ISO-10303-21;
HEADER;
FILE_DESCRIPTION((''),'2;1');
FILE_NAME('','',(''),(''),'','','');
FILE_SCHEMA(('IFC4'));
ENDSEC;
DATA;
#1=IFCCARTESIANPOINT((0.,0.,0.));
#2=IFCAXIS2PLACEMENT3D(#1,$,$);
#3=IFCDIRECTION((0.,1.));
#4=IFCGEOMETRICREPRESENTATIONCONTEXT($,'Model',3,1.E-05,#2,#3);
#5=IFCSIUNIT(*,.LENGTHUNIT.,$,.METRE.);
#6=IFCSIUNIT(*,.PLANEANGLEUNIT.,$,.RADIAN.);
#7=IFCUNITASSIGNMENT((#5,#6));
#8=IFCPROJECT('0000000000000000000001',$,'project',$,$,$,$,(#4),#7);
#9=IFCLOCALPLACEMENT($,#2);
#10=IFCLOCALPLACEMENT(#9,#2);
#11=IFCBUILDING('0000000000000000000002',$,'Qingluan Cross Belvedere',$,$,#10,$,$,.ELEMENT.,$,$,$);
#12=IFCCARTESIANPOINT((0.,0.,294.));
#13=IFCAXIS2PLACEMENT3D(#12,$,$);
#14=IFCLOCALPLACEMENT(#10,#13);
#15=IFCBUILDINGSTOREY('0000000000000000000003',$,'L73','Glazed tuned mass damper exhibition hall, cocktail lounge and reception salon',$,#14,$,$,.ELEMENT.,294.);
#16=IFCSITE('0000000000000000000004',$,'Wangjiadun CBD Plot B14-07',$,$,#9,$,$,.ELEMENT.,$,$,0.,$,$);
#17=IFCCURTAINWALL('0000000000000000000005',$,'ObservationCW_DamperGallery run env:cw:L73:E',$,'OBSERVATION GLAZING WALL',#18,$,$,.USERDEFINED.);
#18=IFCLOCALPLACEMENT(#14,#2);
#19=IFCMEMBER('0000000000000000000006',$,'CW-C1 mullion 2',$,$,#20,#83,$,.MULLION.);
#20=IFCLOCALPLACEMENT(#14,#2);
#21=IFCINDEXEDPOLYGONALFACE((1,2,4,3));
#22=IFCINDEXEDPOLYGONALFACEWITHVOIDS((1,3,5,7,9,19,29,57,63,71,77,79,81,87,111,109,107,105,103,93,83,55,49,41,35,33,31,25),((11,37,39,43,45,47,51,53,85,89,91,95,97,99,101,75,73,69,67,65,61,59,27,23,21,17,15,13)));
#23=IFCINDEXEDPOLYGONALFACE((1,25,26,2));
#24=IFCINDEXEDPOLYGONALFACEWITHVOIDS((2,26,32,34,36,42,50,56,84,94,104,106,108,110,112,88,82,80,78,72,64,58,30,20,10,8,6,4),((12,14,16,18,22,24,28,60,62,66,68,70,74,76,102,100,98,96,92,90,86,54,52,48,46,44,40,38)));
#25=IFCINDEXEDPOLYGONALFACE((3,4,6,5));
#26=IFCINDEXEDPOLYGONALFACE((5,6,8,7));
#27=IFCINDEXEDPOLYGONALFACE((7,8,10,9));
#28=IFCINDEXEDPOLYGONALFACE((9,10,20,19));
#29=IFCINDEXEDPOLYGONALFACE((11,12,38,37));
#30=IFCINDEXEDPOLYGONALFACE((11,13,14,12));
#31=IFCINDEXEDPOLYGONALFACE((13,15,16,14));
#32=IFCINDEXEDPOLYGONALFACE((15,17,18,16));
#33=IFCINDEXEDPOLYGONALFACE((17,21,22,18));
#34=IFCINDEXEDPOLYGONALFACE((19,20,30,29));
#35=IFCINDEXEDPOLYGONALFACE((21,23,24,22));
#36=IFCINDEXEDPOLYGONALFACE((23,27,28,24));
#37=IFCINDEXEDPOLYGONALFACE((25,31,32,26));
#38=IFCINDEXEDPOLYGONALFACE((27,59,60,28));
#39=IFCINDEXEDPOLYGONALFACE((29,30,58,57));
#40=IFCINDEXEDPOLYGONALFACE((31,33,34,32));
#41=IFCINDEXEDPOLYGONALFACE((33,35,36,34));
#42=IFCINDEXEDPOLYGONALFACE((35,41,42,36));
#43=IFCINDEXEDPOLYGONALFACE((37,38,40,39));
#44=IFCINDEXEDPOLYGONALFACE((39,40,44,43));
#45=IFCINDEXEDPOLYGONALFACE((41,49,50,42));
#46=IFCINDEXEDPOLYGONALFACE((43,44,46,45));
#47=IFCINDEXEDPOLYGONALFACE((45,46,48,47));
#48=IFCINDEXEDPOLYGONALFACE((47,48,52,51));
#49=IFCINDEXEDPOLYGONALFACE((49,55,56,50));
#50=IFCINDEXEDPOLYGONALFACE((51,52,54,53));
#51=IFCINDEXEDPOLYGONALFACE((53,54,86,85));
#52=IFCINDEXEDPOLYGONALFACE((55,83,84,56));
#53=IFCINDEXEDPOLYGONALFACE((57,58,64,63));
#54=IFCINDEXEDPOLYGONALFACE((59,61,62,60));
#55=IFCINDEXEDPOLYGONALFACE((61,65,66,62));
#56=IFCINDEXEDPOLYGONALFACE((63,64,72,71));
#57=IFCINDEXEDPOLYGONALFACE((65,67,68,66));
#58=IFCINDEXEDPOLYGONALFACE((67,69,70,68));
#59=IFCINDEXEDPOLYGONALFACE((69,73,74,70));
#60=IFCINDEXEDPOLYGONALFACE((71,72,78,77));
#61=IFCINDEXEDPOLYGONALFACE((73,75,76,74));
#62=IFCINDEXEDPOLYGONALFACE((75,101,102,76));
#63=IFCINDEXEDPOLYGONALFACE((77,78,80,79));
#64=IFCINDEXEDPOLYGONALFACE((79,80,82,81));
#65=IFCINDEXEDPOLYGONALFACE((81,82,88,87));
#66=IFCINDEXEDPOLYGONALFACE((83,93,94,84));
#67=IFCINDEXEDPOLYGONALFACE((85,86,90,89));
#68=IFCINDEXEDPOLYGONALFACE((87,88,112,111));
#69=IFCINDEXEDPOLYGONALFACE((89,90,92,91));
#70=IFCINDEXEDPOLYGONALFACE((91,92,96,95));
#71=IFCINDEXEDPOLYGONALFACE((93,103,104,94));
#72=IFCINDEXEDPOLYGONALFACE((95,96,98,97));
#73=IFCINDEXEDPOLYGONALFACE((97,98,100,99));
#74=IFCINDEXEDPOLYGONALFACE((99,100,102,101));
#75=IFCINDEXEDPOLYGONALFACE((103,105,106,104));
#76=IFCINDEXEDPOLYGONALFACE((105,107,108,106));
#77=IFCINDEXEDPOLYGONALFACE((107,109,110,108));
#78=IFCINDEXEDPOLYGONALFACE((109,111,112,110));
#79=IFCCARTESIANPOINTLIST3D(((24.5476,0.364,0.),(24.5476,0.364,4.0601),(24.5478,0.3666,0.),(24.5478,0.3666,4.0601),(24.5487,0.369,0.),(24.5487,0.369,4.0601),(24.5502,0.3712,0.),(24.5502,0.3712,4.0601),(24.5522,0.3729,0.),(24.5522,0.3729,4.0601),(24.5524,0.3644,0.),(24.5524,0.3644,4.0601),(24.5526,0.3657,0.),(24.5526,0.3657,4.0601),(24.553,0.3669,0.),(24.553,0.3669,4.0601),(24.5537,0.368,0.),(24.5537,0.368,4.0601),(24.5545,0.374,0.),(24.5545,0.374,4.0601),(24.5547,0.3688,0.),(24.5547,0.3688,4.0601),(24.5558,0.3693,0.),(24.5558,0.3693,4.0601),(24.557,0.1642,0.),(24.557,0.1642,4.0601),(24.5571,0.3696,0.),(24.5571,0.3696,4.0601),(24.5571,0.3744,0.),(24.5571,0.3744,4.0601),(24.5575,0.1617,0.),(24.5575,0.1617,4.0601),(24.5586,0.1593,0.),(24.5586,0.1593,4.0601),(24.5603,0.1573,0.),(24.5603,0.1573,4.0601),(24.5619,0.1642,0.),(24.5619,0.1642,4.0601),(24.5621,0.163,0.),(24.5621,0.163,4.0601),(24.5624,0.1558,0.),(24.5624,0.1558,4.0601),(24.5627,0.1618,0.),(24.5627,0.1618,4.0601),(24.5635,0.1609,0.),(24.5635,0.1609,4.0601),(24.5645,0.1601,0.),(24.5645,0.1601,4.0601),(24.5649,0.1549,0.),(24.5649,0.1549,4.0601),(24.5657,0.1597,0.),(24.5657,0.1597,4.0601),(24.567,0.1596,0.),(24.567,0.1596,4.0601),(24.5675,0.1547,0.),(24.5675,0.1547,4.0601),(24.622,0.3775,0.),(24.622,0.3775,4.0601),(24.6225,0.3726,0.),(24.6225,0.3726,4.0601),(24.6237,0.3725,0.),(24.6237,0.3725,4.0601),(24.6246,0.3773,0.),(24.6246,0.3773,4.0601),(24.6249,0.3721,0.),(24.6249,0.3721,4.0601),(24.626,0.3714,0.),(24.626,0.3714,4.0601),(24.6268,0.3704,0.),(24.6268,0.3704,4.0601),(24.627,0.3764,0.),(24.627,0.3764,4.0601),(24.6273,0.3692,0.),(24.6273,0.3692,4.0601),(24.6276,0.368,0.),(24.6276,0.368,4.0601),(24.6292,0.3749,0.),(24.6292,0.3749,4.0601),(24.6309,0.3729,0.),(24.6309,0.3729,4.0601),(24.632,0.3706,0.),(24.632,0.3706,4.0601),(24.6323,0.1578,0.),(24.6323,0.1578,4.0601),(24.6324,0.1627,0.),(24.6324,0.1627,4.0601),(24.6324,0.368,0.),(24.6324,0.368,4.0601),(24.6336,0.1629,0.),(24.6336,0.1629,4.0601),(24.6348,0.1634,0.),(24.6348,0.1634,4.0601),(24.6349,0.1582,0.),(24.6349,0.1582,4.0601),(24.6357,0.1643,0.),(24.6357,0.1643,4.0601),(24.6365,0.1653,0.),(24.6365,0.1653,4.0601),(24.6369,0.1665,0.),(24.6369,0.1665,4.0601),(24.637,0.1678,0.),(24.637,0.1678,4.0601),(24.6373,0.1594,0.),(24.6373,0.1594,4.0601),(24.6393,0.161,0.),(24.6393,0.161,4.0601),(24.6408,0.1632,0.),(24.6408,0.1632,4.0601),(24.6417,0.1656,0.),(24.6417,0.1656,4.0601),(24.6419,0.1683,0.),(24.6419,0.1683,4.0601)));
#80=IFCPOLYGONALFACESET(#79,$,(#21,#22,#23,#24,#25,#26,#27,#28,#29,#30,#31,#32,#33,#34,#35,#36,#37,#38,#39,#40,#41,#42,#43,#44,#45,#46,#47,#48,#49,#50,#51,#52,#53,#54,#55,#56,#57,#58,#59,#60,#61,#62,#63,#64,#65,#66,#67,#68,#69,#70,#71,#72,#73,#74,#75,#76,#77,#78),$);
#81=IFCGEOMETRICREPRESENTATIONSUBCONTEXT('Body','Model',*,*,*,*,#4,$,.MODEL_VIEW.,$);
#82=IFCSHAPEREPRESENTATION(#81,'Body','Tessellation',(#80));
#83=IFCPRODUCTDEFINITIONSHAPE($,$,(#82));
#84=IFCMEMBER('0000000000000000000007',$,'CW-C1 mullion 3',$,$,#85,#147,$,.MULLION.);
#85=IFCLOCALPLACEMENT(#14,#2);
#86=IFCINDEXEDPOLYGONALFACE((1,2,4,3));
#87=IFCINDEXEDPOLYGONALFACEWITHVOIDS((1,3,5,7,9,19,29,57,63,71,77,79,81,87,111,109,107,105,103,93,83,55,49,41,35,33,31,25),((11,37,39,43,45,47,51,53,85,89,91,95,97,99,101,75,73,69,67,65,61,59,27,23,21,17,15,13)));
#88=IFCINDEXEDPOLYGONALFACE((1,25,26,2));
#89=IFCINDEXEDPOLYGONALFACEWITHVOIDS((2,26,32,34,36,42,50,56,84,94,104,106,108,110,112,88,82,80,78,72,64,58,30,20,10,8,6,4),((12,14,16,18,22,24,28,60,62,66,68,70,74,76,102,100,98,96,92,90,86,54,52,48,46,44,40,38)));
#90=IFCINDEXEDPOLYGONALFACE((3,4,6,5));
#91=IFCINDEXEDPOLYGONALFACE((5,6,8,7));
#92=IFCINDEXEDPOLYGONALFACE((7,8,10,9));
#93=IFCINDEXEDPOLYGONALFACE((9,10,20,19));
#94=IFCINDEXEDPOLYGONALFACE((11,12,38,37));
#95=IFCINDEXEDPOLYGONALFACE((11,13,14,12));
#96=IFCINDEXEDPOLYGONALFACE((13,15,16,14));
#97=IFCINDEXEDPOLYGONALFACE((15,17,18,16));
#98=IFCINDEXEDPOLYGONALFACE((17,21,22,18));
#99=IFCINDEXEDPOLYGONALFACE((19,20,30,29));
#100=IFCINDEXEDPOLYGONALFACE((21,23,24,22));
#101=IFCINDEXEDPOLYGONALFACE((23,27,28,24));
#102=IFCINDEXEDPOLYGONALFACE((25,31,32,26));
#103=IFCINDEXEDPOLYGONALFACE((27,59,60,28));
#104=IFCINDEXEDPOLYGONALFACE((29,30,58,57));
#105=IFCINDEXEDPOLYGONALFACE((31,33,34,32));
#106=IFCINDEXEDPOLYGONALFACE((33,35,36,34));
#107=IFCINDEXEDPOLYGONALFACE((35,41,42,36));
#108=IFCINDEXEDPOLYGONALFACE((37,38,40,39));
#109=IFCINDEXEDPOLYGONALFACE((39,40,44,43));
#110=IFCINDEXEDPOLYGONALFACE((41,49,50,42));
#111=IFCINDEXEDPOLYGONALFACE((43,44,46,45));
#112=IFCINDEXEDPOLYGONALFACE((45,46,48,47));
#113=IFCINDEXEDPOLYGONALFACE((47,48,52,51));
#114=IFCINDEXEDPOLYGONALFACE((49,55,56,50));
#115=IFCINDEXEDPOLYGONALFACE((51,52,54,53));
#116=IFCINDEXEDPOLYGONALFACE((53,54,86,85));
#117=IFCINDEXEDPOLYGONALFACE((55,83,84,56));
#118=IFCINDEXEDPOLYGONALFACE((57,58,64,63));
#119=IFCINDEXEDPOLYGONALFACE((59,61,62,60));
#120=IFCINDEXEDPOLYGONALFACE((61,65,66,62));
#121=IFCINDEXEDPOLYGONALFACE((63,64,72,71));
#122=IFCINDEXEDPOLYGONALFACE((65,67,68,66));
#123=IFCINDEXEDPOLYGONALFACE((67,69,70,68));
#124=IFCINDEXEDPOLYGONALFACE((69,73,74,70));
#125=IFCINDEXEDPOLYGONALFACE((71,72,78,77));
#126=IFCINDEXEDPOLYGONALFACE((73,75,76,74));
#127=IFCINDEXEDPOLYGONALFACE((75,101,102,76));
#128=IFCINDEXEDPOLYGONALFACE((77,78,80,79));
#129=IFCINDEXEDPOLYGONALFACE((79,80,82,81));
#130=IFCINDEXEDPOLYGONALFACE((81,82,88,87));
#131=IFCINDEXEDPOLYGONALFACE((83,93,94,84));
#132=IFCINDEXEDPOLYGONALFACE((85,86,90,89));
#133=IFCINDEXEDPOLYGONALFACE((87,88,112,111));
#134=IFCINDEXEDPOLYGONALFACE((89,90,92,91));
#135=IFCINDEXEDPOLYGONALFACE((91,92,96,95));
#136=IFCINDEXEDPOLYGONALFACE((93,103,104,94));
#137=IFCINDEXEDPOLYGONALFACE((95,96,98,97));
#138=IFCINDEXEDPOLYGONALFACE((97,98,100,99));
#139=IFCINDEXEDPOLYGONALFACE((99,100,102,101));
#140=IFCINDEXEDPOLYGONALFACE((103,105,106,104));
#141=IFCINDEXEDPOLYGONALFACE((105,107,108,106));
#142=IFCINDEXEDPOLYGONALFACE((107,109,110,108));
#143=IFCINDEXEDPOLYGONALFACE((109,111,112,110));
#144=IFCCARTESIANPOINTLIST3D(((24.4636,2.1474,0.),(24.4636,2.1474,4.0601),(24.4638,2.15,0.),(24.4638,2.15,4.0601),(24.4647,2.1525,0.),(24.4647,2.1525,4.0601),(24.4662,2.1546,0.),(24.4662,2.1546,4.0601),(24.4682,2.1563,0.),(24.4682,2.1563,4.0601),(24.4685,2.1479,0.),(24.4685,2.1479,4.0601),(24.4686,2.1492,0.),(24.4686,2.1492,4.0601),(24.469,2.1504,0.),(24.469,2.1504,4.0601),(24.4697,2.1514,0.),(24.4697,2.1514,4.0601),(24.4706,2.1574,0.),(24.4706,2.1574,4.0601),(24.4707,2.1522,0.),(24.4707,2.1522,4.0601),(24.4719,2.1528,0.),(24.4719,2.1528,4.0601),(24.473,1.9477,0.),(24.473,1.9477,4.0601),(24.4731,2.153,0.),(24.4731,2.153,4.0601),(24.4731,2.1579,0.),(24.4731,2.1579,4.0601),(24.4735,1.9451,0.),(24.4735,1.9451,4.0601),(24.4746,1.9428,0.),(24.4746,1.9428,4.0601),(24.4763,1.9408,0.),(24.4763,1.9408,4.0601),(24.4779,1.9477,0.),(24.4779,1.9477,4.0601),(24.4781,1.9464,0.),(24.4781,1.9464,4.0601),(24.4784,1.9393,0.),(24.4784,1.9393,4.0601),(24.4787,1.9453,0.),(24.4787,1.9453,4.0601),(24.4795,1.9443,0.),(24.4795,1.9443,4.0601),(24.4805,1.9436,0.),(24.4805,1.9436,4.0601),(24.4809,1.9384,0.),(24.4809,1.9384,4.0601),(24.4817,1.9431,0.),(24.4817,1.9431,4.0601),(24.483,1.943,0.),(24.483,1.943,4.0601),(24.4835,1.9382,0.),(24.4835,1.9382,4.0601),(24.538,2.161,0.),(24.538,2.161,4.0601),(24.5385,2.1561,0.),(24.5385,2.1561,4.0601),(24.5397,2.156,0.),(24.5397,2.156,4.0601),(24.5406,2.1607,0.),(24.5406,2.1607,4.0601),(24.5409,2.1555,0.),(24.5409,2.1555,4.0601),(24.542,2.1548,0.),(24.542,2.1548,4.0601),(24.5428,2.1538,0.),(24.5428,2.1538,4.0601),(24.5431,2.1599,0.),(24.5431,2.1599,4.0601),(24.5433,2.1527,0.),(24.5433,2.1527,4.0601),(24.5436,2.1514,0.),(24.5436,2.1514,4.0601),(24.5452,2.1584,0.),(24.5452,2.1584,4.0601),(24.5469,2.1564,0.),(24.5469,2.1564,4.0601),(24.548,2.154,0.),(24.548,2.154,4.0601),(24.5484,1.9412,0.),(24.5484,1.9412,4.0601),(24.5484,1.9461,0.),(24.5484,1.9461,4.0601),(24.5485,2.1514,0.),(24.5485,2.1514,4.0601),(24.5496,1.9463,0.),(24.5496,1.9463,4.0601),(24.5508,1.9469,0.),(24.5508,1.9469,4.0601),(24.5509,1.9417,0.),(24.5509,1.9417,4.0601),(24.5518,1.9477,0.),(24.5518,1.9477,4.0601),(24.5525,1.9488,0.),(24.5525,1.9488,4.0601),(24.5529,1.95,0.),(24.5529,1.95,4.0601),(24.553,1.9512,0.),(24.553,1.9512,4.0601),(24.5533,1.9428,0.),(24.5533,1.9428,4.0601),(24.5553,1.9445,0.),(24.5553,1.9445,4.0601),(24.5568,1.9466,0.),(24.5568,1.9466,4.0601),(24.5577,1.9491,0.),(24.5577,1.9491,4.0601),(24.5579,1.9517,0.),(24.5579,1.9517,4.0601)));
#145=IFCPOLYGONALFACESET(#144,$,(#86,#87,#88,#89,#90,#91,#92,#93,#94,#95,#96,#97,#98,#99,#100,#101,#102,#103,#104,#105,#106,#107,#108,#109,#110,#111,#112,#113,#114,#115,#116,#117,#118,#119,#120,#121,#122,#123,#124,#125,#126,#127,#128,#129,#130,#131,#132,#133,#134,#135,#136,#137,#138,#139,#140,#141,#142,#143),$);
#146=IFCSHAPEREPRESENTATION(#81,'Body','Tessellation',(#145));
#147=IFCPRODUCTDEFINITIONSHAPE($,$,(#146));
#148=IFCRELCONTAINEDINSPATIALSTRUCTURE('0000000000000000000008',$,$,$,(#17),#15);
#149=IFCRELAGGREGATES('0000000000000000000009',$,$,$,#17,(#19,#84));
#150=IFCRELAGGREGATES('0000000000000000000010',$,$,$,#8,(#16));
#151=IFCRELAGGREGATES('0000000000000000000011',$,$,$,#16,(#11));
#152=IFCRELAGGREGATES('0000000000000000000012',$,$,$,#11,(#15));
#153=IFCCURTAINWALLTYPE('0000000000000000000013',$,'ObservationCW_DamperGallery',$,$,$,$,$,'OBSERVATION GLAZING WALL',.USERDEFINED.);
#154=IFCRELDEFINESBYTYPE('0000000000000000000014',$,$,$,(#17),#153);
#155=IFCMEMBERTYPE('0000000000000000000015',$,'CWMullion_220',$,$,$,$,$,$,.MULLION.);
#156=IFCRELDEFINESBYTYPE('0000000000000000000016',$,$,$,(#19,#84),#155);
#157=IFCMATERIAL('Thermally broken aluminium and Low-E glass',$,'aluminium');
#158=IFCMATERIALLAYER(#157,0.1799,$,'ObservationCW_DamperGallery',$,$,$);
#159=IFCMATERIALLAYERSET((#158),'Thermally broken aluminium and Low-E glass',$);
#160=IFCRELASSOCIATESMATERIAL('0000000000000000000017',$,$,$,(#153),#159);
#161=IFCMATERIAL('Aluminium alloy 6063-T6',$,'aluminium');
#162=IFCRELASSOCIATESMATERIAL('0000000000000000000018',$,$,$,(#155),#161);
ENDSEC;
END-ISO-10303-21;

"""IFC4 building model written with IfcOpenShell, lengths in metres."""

from ifc_helpers import new_model, si_unit, direction, frame, origin, origin_2d, place, context, subcontext, project, spatial, hollow_rectangle, extrude, material, layer, layer_set, material_profile, profile_set, type_object, element, aggregate, save


model = new_model("IFC4")

# Units and contexts
model_context = context("Model", 3, precision=1e-05, world=origin(), true_north=direction((0.0, 1.0)))
body_context = subcontext(model_context, "Body", "Model", "MODEL_VIEW")
ifc_project = project(units=[si_unit("LENGTHUNIT", "METRE"), si_unit("PLANEANGLEUNIT", "RADIAN")], contexts=[model_context])

# Site, building, storey
site_placement = place(None, origin())
site = spatial("IfcSite", under=ifc_project, at=site_placement, Name="Wangjiadun CBD Plot B14-07", CompositionType="ELEMENT", RefElevation=0.0)
building_placement = place(site_placement, origin())
building = spatial("IfcBuilding", under=site, at=building_placement, Name="Qingluan Cross Belvedere", CompositionType="ELEMENT")
storey_placement = place(building_placement, frame((0.0, 0.0, 294.0)))
storey = spatial("IfcBuildingStorey", under=building, at=storey_placement, Name="L73", Description="Glazed tuned mass damper exhibition hall, cocktail lounge and reception salon", CompositionType="ELEMENT", Elevation=294.0)

# Curtain wall, members
ifc_material_1 = material(Name="Thermally broken aluminium and Low-E glass", Category="aluminium")
ifc_layer_1 = layer(ifc_material_1, 0.1799, Name="ObservationCW_DamperGallery")
ifc_layer_set_1 = layer_set([ifc_layer_1], Name="Thermally broken aluminium and Low-E glass")
curtain_wall_type = type_object("IfcCurtainWallType", Name="ObservationCW_DamperGallery", ElementType="OBSERVATION GLAZING WALL", PredefinedType="USERDEFINED", material=ifc_layer_set_1)
curtain_wall_placement = place(storey_placement, origin())
curtain_wall = element("IfcCurtainWall", 1, at=curtain_wall_placement, inside=storey, type_object=curtain_wall_type, Name="ObservationCW_DamperGallery run env:cw:L73:E", ObjectType="OBSERVATION GLAZING WALL", PredefinedType="USERDEFINED")
ifc_material_2 = material(Name="Aluminium alloy 6063-T6", Category="aluminium")
ifc_material_profile_1 = material_profile(ifc_material_2, hollow_rectangle(XDim=0.085, YDim=0.22, WallThickness=0.0049, InnerFilletRadius=0.0049, OuterFilletRadius=0.01, at=origin_2d()), Name="CWM220x85x5")
ifc_profile_set_1 = profile_set([ifc_material_profile_1], Name="Aluminium alloy 6063-T6")
member_type_1 = type_object("IfcMemberType", Name="CWMullion_220", PredefinedType="MULLION", material=ifc_profile_set_1)
member_1_placement = place(storey_placement, frame((24.5947, 0.2661, 0.0), z_axis=(0.0, 0.0, 1.0), x_axis=(-0.998889, -0.047124, 0.0)))
member_1 = element("IfcMember", 2, at=member_1_placement, type_object=member_type_1, Name="CW-C1 mullion 2", PredefinedType="MULLION", context=body_context, shape_type="SweptSolid", body=[
    extrude(hollow_rectangle(XDim=0.085, YDim=0.22, WallThickness=0.0049, InnerFilletRadius=0.0049, OuterFilletRadius=0.01, at=origin_2d()), origin(), (0.0, 0.0, 1.0), 4.0601),
])
member_2_placement = place(storey_placement, frame((24.5107, 2.0496, 0.0), z_axis=(0.0, 0.0, 1.0), x_axis=(-0.998889, -0.047124, 0.0)))
member_2 = element("IfcMember", 3, at=member_2_placement, type_object=member_type_1, Name="CW-C1 mullion 3", PredefinedType="MULLION", context=body_context, shape_type="SweptSolid", body=[
    extrude(hollow_rectangle(XDim=0.085, YDim=0.22, WallThickness=0.0049, InnerFilletRadius=0.0049, OuterFilletRadius=0.01, at=origin_2d()), origin(), (0.0, 0.0, 1.0), 4.0601),
])
aggregate(curtain_wall, [member_1, member_2])

save(model, "model.ifc")
